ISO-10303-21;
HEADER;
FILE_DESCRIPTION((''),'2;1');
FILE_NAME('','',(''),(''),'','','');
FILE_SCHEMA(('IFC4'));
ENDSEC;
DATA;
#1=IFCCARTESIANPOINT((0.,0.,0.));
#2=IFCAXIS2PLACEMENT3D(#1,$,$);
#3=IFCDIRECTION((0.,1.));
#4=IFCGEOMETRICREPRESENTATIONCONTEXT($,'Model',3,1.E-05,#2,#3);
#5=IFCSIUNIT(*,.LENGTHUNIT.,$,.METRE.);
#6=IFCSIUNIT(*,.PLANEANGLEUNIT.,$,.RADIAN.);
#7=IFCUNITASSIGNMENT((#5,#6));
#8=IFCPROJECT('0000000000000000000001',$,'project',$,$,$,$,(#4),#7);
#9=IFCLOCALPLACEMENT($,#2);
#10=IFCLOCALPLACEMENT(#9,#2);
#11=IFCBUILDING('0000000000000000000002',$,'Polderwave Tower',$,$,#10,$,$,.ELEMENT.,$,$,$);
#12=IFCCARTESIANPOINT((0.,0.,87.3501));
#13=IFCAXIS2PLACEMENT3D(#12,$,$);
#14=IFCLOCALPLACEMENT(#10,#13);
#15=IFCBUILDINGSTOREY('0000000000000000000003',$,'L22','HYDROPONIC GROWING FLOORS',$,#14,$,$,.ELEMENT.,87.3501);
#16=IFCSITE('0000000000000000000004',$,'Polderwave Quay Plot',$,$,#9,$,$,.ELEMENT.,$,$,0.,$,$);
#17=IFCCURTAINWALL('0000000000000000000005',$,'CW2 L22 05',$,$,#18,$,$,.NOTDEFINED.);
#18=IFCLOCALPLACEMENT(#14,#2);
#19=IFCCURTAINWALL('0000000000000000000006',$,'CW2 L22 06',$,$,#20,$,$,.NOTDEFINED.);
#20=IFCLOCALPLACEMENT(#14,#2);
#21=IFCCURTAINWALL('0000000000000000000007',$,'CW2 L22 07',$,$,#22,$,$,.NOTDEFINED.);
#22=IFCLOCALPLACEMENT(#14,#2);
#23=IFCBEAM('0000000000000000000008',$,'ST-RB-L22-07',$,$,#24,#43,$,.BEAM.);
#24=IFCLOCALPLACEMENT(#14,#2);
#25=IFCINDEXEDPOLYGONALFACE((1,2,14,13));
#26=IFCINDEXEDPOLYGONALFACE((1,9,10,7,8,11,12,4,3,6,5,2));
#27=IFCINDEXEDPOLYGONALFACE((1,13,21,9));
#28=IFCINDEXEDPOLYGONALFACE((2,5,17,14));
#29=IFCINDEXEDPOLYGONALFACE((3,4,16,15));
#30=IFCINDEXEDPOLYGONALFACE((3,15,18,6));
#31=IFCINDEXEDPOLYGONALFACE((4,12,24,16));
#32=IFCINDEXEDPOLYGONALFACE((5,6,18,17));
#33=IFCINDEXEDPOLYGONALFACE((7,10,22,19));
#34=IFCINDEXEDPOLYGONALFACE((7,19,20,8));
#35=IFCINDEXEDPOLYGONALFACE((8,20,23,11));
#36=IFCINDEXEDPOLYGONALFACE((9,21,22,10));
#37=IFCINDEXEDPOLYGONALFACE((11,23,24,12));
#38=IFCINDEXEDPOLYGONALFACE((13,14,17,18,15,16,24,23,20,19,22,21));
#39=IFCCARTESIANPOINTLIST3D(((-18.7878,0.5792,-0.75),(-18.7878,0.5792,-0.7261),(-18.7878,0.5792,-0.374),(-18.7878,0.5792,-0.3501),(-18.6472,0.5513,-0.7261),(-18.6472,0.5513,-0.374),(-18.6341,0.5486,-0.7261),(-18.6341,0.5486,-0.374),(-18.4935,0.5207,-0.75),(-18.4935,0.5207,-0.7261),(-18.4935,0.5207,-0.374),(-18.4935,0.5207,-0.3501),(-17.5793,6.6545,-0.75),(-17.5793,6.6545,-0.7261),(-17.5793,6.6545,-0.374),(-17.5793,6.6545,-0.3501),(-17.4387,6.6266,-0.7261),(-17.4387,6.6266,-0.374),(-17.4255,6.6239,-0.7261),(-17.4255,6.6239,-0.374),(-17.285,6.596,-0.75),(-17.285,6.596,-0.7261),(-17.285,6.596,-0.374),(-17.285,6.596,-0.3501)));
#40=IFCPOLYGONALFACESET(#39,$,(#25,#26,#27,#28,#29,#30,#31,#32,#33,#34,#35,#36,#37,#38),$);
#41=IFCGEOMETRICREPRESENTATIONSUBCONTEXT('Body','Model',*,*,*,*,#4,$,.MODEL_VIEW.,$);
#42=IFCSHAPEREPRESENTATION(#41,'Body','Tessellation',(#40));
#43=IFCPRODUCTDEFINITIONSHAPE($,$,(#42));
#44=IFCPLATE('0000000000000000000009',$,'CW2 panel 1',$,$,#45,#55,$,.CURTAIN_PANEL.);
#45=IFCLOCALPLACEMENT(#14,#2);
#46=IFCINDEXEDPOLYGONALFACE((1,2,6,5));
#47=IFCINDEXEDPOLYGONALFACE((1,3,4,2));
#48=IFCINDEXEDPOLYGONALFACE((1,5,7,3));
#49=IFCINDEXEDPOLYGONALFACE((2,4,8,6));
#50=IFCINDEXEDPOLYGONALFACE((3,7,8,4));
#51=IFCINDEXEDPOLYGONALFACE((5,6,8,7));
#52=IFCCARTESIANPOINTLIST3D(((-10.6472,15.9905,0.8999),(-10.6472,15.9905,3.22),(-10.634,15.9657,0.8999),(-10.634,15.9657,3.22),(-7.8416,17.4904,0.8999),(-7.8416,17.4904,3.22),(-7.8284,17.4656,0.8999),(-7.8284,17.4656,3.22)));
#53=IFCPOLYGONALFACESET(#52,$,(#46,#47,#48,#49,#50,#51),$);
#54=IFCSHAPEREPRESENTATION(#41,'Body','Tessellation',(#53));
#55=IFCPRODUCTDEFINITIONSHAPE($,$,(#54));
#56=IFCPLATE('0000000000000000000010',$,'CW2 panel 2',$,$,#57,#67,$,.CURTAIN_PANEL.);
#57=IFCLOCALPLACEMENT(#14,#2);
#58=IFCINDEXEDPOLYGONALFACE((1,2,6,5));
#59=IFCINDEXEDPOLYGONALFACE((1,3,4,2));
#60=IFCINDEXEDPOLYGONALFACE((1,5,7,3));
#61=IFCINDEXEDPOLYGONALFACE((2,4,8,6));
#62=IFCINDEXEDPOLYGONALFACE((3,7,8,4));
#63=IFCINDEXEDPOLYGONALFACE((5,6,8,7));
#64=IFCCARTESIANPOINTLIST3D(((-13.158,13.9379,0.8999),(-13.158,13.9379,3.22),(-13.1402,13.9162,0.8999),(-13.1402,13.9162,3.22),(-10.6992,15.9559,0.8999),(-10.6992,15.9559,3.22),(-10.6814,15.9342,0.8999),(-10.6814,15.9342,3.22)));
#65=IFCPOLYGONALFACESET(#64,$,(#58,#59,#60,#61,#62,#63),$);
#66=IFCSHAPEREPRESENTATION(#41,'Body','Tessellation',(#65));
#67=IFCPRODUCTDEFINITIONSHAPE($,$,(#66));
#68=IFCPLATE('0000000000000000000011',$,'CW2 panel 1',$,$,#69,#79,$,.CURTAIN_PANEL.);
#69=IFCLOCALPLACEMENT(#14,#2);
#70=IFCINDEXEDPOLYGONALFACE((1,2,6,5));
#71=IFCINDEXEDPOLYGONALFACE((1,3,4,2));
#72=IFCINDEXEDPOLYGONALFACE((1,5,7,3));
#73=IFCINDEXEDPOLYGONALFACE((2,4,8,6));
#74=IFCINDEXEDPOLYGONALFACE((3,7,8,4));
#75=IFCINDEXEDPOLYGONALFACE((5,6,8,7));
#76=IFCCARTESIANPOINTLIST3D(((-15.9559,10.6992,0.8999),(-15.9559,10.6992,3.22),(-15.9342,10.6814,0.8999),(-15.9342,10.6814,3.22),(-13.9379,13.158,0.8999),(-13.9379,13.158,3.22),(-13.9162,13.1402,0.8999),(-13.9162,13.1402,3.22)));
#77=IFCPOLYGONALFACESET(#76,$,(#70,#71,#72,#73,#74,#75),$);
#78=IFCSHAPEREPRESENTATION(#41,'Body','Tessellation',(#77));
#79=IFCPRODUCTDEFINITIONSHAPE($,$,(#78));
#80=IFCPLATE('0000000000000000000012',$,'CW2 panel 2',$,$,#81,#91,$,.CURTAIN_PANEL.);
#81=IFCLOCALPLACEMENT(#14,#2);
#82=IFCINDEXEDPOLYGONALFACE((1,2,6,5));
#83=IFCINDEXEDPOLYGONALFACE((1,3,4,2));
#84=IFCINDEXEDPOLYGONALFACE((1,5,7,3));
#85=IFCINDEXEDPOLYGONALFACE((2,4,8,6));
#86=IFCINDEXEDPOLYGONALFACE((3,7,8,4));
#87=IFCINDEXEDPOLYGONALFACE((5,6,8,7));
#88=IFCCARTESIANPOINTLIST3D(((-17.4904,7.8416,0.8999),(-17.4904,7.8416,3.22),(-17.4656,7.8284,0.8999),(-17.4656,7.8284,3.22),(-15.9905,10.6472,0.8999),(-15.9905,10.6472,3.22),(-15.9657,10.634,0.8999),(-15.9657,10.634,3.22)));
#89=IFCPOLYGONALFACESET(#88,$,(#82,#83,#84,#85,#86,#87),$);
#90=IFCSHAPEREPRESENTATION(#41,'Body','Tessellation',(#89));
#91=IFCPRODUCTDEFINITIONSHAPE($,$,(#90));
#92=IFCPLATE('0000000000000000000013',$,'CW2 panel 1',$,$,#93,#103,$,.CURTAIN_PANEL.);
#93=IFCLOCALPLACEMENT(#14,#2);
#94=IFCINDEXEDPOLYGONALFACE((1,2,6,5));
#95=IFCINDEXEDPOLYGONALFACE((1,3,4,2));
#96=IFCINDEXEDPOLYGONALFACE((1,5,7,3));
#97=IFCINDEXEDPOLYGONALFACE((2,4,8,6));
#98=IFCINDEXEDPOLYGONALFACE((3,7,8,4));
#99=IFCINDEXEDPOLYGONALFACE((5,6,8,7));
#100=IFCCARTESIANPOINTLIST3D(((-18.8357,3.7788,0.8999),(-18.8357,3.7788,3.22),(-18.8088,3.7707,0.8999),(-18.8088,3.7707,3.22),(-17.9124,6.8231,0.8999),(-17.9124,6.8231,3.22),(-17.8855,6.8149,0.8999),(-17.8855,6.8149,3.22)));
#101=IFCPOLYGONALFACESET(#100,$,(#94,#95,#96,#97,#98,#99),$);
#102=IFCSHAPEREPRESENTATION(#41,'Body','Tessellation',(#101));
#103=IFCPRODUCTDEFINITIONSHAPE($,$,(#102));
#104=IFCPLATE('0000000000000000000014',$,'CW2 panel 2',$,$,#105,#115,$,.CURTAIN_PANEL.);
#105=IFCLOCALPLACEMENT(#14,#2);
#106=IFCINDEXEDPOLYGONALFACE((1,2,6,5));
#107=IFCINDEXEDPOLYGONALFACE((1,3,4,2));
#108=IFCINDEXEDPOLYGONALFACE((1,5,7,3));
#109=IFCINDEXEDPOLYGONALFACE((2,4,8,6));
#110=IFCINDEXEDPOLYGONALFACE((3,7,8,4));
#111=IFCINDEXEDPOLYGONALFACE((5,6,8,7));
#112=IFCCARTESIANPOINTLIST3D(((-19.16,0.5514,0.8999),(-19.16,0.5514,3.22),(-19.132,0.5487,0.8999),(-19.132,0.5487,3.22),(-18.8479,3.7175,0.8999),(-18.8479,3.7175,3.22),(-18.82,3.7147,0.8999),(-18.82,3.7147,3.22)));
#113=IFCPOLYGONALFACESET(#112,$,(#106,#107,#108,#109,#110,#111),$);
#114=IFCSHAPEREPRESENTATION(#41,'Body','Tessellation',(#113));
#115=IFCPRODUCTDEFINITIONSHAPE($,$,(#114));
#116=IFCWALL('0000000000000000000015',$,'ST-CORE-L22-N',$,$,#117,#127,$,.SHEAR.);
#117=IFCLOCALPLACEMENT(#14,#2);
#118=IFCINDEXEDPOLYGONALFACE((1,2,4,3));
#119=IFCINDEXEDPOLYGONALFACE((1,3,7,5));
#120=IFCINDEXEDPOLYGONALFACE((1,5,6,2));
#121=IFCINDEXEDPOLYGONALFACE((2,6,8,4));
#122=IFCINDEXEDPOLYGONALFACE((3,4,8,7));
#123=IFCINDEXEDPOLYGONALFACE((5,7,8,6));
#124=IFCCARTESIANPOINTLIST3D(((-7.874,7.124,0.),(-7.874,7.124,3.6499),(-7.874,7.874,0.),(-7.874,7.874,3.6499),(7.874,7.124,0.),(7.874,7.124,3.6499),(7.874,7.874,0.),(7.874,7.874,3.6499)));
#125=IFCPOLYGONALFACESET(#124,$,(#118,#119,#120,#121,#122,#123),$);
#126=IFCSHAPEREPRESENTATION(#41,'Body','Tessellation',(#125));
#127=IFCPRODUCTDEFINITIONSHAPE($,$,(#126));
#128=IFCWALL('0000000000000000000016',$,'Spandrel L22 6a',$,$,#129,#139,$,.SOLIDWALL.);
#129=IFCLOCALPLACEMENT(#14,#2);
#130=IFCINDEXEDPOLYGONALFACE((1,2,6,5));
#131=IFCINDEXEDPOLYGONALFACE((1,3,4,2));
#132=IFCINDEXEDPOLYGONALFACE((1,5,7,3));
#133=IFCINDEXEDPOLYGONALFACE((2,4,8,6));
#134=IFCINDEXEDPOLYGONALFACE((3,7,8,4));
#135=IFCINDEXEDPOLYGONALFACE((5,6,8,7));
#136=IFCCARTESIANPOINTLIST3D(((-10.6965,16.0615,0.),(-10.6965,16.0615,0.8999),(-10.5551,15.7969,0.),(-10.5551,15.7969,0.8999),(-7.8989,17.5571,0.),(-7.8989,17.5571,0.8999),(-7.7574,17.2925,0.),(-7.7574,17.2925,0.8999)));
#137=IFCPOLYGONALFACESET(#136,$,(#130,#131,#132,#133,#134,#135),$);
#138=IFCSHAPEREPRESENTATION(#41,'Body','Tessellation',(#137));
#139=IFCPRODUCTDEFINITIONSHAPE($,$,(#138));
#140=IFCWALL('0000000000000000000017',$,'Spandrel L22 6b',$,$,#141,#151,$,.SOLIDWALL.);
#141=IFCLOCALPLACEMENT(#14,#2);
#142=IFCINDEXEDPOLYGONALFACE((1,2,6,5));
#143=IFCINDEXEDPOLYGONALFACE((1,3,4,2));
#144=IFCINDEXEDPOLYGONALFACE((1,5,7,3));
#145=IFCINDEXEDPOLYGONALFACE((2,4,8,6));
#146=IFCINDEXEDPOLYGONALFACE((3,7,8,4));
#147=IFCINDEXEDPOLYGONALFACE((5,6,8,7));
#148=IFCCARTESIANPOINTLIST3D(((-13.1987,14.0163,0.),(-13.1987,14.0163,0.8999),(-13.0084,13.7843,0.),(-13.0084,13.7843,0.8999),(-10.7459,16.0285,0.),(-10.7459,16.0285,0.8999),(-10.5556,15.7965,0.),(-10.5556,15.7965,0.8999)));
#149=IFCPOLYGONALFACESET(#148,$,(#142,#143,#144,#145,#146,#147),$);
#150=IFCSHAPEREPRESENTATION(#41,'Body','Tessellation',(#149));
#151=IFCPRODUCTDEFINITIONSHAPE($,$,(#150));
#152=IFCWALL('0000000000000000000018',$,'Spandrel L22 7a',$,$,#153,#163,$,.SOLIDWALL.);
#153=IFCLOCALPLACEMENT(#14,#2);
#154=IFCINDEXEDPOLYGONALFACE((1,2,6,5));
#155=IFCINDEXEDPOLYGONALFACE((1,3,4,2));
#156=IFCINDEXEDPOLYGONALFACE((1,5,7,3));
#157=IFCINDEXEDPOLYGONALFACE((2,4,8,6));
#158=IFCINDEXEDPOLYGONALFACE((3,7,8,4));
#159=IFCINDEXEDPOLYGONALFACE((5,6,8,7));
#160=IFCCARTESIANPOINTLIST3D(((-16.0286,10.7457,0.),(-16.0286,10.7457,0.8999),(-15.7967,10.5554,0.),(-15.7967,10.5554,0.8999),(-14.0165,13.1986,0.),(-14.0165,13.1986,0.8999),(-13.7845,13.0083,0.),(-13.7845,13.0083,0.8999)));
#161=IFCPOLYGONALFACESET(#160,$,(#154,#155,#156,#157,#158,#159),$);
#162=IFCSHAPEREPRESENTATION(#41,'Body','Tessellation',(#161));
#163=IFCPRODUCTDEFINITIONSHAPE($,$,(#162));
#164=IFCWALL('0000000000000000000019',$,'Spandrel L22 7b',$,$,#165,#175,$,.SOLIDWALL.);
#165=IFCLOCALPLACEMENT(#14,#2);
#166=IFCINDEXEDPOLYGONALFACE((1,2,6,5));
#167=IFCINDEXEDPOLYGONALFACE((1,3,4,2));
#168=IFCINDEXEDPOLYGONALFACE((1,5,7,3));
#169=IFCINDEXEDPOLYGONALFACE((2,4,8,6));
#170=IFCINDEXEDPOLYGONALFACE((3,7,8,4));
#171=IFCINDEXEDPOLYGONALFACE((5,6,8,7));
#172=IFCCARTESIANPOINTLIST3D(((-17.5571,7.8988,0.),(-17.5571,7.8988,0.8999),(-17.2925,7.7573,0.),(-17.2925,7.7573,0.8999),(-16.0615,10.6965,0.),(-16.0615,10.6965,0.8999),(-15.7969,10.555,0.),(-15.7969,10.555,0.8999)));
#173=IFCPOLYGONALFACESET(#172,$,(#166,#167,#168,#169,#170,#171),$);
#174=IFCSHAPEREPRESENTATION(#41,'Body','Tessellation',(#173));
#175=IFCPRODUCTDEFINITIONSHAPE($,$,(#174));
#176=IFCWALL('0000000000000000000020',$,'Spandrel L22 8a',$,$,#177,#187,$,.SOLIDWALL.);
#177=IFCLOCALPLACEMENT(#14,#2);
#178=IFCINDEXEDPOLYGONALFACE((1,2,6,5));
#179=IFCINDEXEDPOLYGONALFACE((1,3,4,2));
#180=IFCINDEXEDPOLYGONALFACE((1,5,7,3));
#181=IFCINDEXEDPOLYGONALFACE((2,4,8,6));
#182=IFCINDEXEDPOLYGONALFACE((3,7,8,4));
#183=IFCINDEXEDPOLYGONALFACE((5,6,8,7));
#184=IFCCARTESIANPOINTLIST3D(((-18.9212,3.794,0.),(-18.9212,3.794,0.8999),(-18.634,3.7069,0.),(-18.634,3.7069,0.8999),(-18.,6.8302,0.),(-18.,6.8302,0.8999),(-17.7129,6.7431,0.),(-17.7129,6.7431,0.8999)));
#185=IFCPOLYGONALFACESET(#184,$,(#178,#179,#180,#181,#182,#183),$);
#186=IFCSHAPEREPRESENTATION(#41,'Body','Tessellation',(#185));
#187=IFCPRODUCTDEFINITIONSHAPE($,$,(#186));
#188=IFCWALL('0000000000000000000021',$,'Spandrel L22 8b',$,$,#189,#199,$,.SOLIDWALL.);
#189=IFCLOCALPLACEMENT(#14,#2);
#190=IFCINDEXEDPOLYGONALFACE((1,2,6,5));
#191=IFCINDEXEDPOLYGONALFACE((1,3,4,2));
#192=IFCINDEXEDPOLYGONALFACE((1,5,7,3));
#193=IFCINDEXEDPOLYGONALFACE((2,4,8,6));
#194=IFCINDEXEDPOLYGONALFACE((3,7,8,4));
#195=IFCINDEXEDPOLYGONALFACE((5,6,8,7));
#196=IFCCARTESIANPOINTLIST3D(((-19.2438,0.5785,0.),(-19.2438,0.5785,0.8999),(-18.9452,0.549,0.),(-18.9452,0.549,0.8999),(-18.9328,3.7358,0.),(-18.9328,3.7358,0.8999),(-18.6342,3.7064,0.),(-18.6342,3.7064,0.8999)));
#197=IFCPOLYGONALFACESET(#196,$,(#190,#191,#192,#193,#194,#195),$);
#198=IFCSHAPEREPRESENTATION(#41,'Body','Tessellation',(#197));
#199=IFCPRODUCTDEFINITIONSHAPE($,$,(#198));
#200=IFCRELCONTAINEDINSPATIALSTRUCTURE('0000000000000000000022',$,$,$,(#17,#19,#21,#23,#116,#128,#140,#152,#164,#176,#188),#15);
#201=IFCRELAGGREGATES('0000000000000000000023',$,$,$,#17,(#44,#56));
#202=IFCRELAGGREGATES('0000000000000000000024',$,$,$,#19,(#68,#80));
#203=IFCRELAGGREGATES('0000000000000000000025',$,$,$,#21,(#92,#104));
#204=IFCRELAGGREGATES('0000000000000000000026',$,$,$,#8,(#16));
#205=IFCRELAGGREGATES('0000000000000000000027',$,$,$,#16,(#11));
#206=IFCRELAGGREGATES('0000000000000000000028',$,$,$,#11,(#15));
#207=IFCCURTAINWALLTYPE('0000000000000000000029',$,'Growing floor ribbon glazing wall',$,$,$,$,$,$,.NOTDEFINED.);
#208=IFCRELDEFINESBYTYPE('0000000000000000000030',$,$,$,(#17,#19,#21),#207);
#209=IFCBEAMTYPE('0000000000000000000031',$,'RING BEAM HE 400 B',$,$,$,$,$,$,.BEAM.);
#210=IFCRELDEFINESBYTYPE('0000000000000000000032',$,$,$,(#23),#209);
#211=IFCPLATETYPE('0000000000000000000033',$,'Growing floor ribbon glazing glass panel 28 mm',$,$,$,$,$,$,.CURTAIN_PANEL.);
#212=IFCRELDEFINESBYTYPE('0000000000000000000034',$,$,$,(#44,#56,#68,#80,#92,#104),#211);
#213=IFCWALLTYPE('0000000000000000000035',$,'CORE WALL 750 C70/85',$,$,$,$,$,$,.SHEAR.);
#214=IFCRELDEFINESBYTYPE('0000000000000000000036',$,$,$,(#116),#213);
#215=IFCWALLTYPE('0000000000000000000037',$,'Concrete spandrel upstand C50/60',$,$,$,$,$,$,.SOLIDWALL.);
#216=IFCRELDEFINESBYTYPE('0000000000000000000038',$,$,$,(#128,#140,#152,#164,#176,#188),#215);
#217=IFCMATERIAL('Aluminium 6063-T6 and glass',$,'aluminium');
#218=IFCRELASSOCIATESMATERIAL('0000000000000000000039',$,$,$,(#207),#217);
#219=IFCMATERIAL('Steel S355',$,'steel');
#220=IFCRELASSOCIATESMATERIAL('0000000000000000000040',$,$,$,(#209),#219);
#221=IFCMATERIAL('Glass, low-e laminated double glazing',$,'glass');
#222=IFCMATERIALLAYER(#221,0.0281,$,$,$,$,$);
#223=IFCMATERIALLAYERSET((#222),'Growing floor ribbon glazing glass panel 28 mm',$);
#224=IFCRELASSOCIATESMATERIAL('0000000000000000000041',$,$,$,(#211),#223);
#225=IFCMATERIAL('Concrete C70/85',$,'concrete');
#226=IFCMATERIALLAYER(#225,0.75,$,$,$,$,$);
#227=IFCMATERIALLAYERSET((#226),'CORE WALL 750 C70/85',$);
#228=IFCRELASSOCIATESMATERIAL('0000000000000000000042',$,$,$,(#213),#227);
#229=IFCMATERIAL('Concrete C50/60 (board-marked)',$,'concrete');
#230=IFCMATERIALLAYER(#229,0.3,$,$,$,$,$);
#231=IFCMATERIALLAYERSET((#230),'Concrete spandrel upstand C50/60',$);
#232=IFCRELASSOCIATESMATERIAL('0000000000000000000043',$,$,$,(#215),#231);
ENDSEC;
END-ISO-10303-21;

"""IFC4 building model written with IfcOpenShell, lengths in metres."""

from ifc_helpers import new_model, si_unit, direction, frame, frame_2d, origin, origin_2d, place, context, subcontext, project, spatial, rectangle, i_section, extrude, material, layer, layer_set, material_profile, profile_set, type_object, element, aggregate, save


model = new_model("IFC4")

# Units and contexts
model_context = context("Model", 3, precision=1e-05, world=origin(), true_north=direction((0.0, 1.0)))
body_context = subcontext(model_context, "Body", "Model", "MODEL_VIEW")
ifc_project = project(units=[si_unit("LENGTHUNIT", "METRE"), si_unit("PLANEANGLEUNIT", "RADIAN")], contexts=[model_context])

# Site, building, storey
site_placement = place(None, origin())
site = spatial("IfcSite", under=ifc_project, at=site_placement, Name="Polderwave Quay Plot", CompositionType="ELEMENT", RefElevation=0.0)
building_placement = place(site_placement, origin())
building = spatial("IfcBuilding", under=site, at=building_placement, Name="Polderwave Tower", CompositionType="ELEMENT")
storey_placement = place(building_placement, frame((0.0, 0.0, 87.3501)))
storey = spatial("IfcBuildingStorey", under=building, at=storey_placement, Name="L22", Description="HYDROPONIC GROWING FLOORS", CompositionType="ELEMENT", Elevation=87.3501)

# Shared definitions
ifc_material_1 = material(Name="Concrete C70/85", Category="concrete")

# Curtain walls
ifc_material_2 = material(Name="Aluminium 6063-T6 and glass", Category="aluminium")
curtain_wall_type = type_object("IfcCurtainWallType", Name="Growing floor ribbon glazing wall", PredefinedType="NOTDEFINED", material=ifc_material_2)
curtain_wall_1_placement = place(storey_placement, origin())
curtain_wall_1 = element("IfcCurtainWall", 1, at=curtain_wall_1_placement, inside=storey, type_object=curtain_wall_type, Name="CW2 L22 05", PredefinedType="NOTDEFINED")
curtain_wall_2_placement = place(storey_placement, origin())
curtain_wall_2 = element("IfcCurtainWall", 2, at=curtain_wall_2_placement, inside=storey, type_object=curtain_wall_type, Name="CW2 L22 06", PredefinedType="NOTDEFINED")
curtain_wall_3_placement = place(storey_placement, origin())
curtain_wall_3 = element("IfcCurtainWall", 3, at=curtain_wall_3_placement, inside=storey, type_object=curtain_wall_type, Name="CW2 L22 07", PredefinedType="NOTDEFINED")

# Beam
ifc_material_3 = material(Name="Steel S355", Category="steel")
ifc_material_profile_1 = material_profile(ifc_material_3, i_section(OverallWidth=0.3, OverallDepth=0.3999, WebThickness=0.0134, FlangeThickness=0.0239, at=origin_2d()), Name="HE 400 B")
ifc_profile_set_1 = profile_set([ifc_material_profile_1], Name="Steel S355")
beam_type = type_object("IfcBeamType", Name="RING BEAM HE 400 B", PredefinedType="BEAM", material=ifc_profile_set_1)
for number, where, z_axis, x_axis, name in (
    (4, (-17.4321, 6.6252, -0.55), (-0.1951, -0.980783, 0.0), (0.980783, -0.1951, 0.0), "ST-RB-L22-07"),
):
    element("IfcBeam", number, at=place(storey_placement, frame(where, z_axis=z_axis, x_axis=x_axis)), inside=storey, type_object=beam_type, Name=name, PredefinedType="BEAM", context=body_context, shape_type="SweptSolid", body=[
        extrude(i_section(OverallWidth=0.3, OverallDepth=0.3999, WebThickness=0.0134, FlangeThickness=0.0239, at=origin_2d()), origin(), (0.0, 0.0, 1.0), 6.1943),
    ])

# Plates
ifc_material_4 = material(Name="Glass, low-e laminated double glazing", Category="glass")
ifc_layer_1 = layer(ifc_material_4, 0.0281)
ifc_layer_set_1 = layer_set([ifc_layer_1], Name="Growing floor ribbon glazing glass panel 28 mm")
plate_type = type_object("IfcPlateType", Name="Growing floor ribbon glazing glass panel 28 mm", PredefinedType="CURTAIN_PANEL", material=ifc_layer_set_1)
plate_1_placement = place(storey_placement, frame((-9.2378, 16.728, 0.8999), z_axis=(0.0, 0.0, 1.0), x_axis=(-0.881887, -0.471461, 0.0)))
plate_1 = element("IfcPlate", 5, at=plate_1_placement, type_object=plate_type, Name="CW2 panel 1", PredefinedType="CURTAIN_PANEL", context=body_context, shape_type="SweptSolid", body=[
    extrude(rectangle(XDim=3.1814, YDim=0.0281, at=origin_2d()), origin(), (0.0, 0.0, 1.0), 2.3201),
])
plate_2_placement = place(storey_placement, frame((-11.9197, 14.936, 0.8999), z_axis=(0.0, 0.0, 1.0), x_axis=(-0.772999, -0.634407, 0.0)))
plate_2 = element("IfcPlate", 6, at=plate_2_placement, type_object=plate_type, Name="CW2 panel 2", PredefinedType="CURTAIN_PANEL", context=body_context, shape_type="SweptSolid", body=[
    extrude(rectangle(XDim=3.1809, YDim=0.0281, at=origin_2d()), origin(), (0.0, 0.0, 1.0), 2.3201),
])
aggregate(curtain_wall_1, [plate_1, plate_2])
plate_3_placement = place(storey_placement, frame((-14.936, 11.9197, 0.8999), z_axis=(0.0, 0.0, 1.0), x_axis=(-0.634407, -0.772999, 0.0)))
plate_3 = element("IfcPlate", 7, at=plate_3_placement, type_object=plate_type, Name="CW2 panel 1", PredefinedType="CURTAIN_PANEL", context=body_context, shape_type="SweptSolid", body=[
    extrude(rectangle(XDim=3.1809, YDim=0.0281, at=origin_2d()), origin(), (0.0, 0.0, 1.0), 2.3201),
])
plate_4_placement = place(storey_placement, frame((-16.728, 9.2378, 0.8999), z_axis=(0.0, 0.0, 1.0), x_axis=(-0.471461, -0.881887, 0.0)))
plate_4 = element("IfcPlate", 8, at=plate_4_placement, type_object=plate_type, Name="CW2 panel 2", PredefinedType="CURTAIN_PANEL", context=body_context, shape_type="SweptSolid", body=[
    extrude(rectangle(XDim=3.1814, YDim=0.0281, at=origin_2d()), origin(), (0.0, 0.0, 1.0), 2.3201),
])
aggregate(curtain_wall_2, [plate_3, plate_4])
plate_5_placement = place(storey_placement, frame((-18.3606, 5.2969, 0.8999), z_axis=(0.0, 0.0, 1.0), x_axis=(-0.290233, -0.956956, 0.0)))
plate_5 = element("IfcPlate", 9, at=plate_5_placement, type_object=plate_type, Name="CW2 panel 1", PredefinedType="CURTAIN_PANEL", context=body_context, shape_type="SweptSolid", body=[
    extrude(rectangle(XDim=3.1812, YDim=0.0281, at=origin_2d()), origin(), (0.0, 0.0, 1.0), 2.3201),
])
plate_6_placement = place(storey_placement, frame((-18.99, 2.1331, 0.8999), z_axis=(0.0, 0.0, 1.0), x_axis=(-0.098085, -0.995178, 0.0)))
plate_6 = element("IfcPlate", 10, at=plate_6_placement, type_object=plate_type, Name="CW2 panel 2", PredefinedType="CURTAIN_PANEL", context=body_context, shape_type="SweptSolid", body=[
    extrude(rectangle(XDim=3.1814, YDim=0.0281, at=origin_2d()), origin(), (0.0, 0.0, 1.0), 2.3201),
])
aggregate(curtain_wall_3, [plate_5, plate_6])

# Walls
ifc_layer_2 = layer(ifc_material_1, 0.75)
ifc_layer_set_2 = layer_set([ifc_layer_2], Name="CORE WALL 750 C70/85")
wall_type_1 = type_object("IfcWallType", Name="CORE WALL 750 C70/85", PredefinedType="SHEAR", material=ifc_layer_set_2)
wall_1_placement = place(storey_placement, frame((-7.874, 7.499, 0.0), z_axis=(0.0, 0.0, 1.0), x_axis=(1.0, 0.0, 0.0)))
element("IfcWall", 11, at=wall_1_placement, inside=storey, type_object=wall_type_1, Name="ST-CORE-L22-N", PredefinedType="SHEAR", context=body_context, shape_type="SweptSolid", body=[
    extrude(rectangle(XDim=15.748, YDim=0.75, at=frame_2d((7.874, 0.0))), origin(), (0.0, 0.0, 1.0), 3.6499),
])
ifc_material_5 = material(Name="Concrete C50/60 (board-marked)", Category="concrete")
ifc_layer_3 = layer(ifc_material_5, 0.3)
ifc_layer_set_3 = layer_set([ifc_layer_3], Name="Concrete spandrel upstand C50/60")
wall_type_2 = type_object("IfcWallType", Name="Concrete spandrel upstand C50/60", PredefinedType="SOLIDWALL", material=ifc_layer_set_3)
wall_2_placement = place(storey_placement, frame((-7.8281, 17.4248, 0.0), z_axis=(0.0, 0.0, 1.0), x_axis=(-0.881888, -0.471459, 0.0)))
element("IfcWall", 12, at=wall_2_placement, inside=storey, type_object=wall_type_2, Name="Spandrel L22 6a", PredefinedType="SOLIDWALL", context=body_context, shape_type="SweptSolid", body=[
    extrude(rectangle(XDim=3.1724, YDim=0.3, at=frame_2d((1.5862, 0.0))), origin(), (0.0, 0.0, 1.0), 0.8999),
])
for number, where, z_axis, x_axis, name in (
    (13, (-10.6506, 15.9126, 0.0), (0.0, 0.0, 1.0), (-0.773137, -0.634239, 0.0), "Spandrel L22 6b"),
    (14, (-13.9004, 13.1035, 0.0), (0.0, 0.0, 1.0), (-0.634239, -0.773137, 0.0), "Spandrel L22 7a"),
):
    element("IfcWall", number, at=place(storey_placement, frame(where, z_axis=z_axis, x_axis=x_axis)), inside=storey, type_object=wall_type_2, Name=name, PredefinedType="SOLIDWALL", context=body_context, shape_type="SweptSolid", body=[
        extrude(rectangle(XDim=3.1726, YDim=0.3, at=frame_2d((1.5864, 0.0))), origin(), (0.0, 0.0, 1.0), 0.8999),
    ])
wall_3_placement = place(storey_placement, frame((-15.9292, 10.6257, 0.0), z_axis=(0.0, 0.0, 1.0), x_axis=(-0.471459, -0.881888, 0.0)))
element("IfcWall", 15, at=wall_3_placement, inside=storey, type_object=wall_type_2, Name="Spandrel L22 7b", PredefinedType="SOLIDWALL", context=body_context, shape_type="SweptSolid", body=[
    extrude(rectangle(XDim=3.1724, YDim=0.3, at=frame_2d((1.5862, 0.0))), origin(), (0.0, 0.0, 1.0), 0.8999),
])
wall_4_placement = place(storey_placement, frame((-17.8564, 6.7866, 0.0), z_axis=(0.0, 0.0, 1.0), x_axis=(-0.290326, -0.956928, 0.0)))
element("IfcWall", 16, at=wall_4_placement, inside=storey, type_object=wall_type_2, Name="Spandrel L22 8a", PredefinedType="SOLIDWALL", context=body_context, shape_type="SweptSolid", body=[
    extrude(rectangle(XDim=3.1729, YDim=0.3, at=frame_2d((1.5864, 0.0))), origin(), (0.0, 0.0, 1.0), 0.8999),
])
wall_5_placement = place(storey_placement, frame((-18.7834, 3.7212, 0.0), z_axis=(0.0, 0.0, 1.0), x_axis=(-0.098041, -0.995182, 0.0)))
element("IfcWall", 17, at=wall_5_placement, inside=storey, type_object=wall_type_2, Name="Spandrel L22 8b", PredefinedType="SOLIDWALL", context=body_context, shape_type="SweptSolid", body=[
    extrude(rectangle(XDim=3.1726, YDim=0.3, at=frame_2d((1.5864, 0.0))), origin(), (0.0, 0.0, 1.0), 0.8999),
])

save(model, "model.ifc")
